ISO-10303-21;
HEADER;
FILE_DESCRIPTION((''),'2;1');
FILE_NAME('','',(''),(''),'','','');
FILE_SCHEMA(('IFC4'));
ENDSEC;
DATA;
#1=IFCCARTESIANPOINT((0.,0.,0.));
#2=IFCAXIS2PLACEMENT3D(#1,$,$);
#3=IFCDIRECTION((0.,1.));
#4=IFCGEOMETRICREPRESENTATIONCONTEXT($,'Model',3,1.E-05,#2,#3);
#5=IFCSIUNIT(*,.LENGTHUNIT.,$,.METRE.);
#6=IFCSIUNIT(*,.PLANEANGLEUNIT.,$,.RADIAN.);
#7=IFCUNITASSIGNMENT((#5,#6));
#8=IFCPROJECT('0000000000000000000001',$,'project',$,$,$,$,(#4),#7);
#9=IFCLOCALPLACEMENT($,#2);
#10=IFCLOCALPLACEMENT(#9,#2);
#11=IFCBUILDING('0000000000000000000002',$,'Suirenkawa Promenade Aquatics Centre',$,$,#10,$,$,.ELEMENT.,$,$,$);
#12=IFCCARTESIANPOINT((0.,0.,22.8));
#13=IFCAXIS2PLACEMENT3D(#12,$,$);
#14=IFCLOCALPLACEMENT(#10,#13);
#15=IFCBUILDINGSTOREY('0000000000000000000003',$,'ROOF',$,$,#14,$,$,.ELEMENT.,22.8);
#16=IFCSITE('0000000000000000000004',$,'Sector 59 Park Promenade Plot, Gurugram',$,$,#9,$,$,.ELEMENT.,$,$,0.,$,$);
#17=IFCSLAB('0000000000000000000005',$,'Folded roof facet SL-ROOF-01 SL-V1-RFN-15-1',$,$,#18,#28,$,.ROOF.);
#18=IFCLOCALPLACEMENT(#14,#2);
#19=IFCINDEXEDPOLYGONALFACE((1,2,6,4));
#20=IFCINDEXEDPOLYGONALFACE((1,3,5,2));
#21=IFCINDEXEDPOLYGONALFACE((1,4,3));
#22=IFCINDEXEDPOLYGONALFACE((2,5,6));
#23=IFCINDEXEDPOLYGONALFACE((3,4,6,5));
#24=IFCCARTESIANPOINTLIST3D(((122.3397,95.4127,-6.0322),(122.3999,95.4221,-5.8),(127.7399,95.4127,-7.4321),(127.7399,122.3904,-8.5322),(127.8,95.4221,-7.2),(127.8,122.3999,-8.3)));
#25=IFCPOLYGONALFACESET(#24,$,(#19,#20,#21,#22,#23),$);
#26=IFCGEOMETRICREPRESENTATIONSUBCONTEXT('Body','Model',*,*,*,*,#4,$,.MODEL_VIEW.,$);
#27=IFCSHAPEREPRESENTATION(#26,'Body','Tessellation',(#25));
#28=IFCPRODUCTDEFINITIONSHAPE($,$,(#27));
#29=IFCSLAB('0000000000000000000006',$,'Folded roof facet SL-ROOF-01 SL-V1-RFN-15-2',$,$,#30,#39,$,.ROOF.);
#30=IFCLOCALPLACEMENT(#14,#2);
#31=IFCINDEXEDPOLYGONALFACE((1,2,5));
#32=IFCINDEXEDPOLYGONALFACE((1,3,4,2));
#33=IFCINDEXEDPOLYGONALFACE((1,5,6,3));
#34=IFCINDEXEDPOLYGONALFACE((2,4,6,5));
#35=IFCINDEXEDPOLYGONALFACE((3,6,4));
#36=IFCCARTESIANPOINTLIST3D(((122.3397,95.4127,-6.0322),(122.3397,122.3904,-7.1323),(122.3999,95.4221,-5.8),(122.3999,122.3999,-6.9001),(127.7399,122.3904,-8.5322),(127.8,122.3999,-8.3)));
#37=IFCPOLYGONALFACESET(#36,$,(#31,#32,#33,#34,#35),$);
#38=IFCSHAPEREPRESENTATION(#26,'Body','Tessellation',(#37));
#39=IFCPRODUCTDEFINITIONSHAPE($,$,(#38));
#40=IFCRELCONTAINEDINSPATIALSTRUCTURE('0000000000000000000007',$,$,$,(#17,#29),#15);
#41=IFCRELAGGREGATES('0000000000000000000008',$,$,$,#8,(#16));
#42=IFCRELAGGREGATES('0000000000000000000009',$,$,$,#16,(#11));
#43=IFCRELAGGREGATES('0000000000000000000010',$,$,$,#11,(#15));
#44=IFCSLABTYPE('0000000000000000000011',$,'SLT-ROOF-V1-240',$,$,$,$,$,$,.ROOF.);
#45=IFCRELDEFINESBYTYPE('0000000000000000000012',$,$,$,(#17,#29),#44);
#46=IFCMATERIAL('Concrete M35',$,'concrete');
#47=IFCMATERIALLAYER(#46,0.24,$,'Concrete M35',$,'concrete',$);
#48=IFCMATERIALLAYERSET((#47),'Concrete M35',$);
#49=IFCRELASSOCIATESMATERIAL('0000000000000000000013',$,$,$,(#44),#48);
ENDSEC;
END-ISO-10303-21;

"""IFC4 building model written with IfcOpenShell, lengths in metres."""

from ifc_helpers import new_model, si_unit, direction, frame, origin, place, context, subcontext, project, spatial, polyline, outline, extrude, material, layer, layer_set, type_object, element, save


model = new_model("IFC4")

# Units and contexts
model_context = context("Model", 3, precision=1e-05, world=origin(), true_north=direction((0.0, 1.0)))
body_context = subcontext(model_context, "Body", "Model", "MODEL_VIEW")
ifc_project = project(units=[si_unit("LENGTHUNIT", "METRE"), si_unit("PLANEANGLEUNIT", "RADIAN")], contexts=[model_context])

# Site, building, storey
site_placement = place(None, origin())
site = spatial("IfcSite", under=ifc_project, at=site_placement, Name="Sector 59 Park Promenade Plot, Gurugram", CompositionType="ELEMENT", RefElevation=0.0)
building_placement = place(site_placement, origin())
building = spatial("IfcBuilding", under=site, at=building_placement, Name="Suirenkawa Promenade Aquatics Centre", CompositionType="ELEMENT")
storey_placement = place(building_placement, frame((0.0, 0.0, 22.8)))
storey = spatial("IfcBuildingStorey", under=building, at=storey_placement, Name="ROOF", CompositionType="ELEMENT", Elevation=22.8)

# Slabs
ifc_material_1 = material(Name="Concrete M35", Category="concrete")
ifc_layer_1 = layer(ifc_material_1, 0.24, Name="Concrete M35", Category="concrete")
ifc_layer_set_1 = layer_set([ifc_layer_1], Name="Concrete M35")
slab_type = type_object("IfcSlabType", Name="SLT-ROOF-V1-240", PredefinedType="ROOF", material=ifc_layer_set_1)
slab_1_placement = place(storey_placement, frame((122.3999, 95.4221, -5.8), z_axis=(0.250744, 0.039442, 0.96725), x_axis=(0.968003, 0.0, -0.250939)))
element("IfcSlab", 1, at=slab_1_placement, inside=storey, type_object=slab_type, Name="Folded roof facet SL-ROOF-01 SL-V1-RFN-15-1", PredefinedType="ROOF", context=body_context, shape_type="SweptSolid", body=[
    extrude(outline(polyline([(0.0, 0.0), (5.5786, 0.0), (5.8547, 26.9988), (0.0, 0.0)])), origin(), (0.0, 0.0, -1.0), 0.24),
])
slab_2_placement = place(storey_placement, frame((122.3999, 95.4221, -5.8), z_axis=(0.250744, 0.039442, 0.96725), x_axis=(0.195471, 0.976525, -0.090493)))
element("IfcSlab", 2, at=slab_2_placement, inside=storey, type_object=slab_type, Name="Folded roof facet SL-ROOF-01 SL-V1-RFN-15-2", PredefinedType="ROOF", context=body_context, shape_type="SweptSolid", body=[
    extrude(outline(polyline([(0.0, 0.0), (27.6263, 0.0), (26.444, 5.4519), (0.0, 0.0)])), origin(), (0.0, 0.0, -1.0), 0.24),
])

save(model, "model.ifc")
